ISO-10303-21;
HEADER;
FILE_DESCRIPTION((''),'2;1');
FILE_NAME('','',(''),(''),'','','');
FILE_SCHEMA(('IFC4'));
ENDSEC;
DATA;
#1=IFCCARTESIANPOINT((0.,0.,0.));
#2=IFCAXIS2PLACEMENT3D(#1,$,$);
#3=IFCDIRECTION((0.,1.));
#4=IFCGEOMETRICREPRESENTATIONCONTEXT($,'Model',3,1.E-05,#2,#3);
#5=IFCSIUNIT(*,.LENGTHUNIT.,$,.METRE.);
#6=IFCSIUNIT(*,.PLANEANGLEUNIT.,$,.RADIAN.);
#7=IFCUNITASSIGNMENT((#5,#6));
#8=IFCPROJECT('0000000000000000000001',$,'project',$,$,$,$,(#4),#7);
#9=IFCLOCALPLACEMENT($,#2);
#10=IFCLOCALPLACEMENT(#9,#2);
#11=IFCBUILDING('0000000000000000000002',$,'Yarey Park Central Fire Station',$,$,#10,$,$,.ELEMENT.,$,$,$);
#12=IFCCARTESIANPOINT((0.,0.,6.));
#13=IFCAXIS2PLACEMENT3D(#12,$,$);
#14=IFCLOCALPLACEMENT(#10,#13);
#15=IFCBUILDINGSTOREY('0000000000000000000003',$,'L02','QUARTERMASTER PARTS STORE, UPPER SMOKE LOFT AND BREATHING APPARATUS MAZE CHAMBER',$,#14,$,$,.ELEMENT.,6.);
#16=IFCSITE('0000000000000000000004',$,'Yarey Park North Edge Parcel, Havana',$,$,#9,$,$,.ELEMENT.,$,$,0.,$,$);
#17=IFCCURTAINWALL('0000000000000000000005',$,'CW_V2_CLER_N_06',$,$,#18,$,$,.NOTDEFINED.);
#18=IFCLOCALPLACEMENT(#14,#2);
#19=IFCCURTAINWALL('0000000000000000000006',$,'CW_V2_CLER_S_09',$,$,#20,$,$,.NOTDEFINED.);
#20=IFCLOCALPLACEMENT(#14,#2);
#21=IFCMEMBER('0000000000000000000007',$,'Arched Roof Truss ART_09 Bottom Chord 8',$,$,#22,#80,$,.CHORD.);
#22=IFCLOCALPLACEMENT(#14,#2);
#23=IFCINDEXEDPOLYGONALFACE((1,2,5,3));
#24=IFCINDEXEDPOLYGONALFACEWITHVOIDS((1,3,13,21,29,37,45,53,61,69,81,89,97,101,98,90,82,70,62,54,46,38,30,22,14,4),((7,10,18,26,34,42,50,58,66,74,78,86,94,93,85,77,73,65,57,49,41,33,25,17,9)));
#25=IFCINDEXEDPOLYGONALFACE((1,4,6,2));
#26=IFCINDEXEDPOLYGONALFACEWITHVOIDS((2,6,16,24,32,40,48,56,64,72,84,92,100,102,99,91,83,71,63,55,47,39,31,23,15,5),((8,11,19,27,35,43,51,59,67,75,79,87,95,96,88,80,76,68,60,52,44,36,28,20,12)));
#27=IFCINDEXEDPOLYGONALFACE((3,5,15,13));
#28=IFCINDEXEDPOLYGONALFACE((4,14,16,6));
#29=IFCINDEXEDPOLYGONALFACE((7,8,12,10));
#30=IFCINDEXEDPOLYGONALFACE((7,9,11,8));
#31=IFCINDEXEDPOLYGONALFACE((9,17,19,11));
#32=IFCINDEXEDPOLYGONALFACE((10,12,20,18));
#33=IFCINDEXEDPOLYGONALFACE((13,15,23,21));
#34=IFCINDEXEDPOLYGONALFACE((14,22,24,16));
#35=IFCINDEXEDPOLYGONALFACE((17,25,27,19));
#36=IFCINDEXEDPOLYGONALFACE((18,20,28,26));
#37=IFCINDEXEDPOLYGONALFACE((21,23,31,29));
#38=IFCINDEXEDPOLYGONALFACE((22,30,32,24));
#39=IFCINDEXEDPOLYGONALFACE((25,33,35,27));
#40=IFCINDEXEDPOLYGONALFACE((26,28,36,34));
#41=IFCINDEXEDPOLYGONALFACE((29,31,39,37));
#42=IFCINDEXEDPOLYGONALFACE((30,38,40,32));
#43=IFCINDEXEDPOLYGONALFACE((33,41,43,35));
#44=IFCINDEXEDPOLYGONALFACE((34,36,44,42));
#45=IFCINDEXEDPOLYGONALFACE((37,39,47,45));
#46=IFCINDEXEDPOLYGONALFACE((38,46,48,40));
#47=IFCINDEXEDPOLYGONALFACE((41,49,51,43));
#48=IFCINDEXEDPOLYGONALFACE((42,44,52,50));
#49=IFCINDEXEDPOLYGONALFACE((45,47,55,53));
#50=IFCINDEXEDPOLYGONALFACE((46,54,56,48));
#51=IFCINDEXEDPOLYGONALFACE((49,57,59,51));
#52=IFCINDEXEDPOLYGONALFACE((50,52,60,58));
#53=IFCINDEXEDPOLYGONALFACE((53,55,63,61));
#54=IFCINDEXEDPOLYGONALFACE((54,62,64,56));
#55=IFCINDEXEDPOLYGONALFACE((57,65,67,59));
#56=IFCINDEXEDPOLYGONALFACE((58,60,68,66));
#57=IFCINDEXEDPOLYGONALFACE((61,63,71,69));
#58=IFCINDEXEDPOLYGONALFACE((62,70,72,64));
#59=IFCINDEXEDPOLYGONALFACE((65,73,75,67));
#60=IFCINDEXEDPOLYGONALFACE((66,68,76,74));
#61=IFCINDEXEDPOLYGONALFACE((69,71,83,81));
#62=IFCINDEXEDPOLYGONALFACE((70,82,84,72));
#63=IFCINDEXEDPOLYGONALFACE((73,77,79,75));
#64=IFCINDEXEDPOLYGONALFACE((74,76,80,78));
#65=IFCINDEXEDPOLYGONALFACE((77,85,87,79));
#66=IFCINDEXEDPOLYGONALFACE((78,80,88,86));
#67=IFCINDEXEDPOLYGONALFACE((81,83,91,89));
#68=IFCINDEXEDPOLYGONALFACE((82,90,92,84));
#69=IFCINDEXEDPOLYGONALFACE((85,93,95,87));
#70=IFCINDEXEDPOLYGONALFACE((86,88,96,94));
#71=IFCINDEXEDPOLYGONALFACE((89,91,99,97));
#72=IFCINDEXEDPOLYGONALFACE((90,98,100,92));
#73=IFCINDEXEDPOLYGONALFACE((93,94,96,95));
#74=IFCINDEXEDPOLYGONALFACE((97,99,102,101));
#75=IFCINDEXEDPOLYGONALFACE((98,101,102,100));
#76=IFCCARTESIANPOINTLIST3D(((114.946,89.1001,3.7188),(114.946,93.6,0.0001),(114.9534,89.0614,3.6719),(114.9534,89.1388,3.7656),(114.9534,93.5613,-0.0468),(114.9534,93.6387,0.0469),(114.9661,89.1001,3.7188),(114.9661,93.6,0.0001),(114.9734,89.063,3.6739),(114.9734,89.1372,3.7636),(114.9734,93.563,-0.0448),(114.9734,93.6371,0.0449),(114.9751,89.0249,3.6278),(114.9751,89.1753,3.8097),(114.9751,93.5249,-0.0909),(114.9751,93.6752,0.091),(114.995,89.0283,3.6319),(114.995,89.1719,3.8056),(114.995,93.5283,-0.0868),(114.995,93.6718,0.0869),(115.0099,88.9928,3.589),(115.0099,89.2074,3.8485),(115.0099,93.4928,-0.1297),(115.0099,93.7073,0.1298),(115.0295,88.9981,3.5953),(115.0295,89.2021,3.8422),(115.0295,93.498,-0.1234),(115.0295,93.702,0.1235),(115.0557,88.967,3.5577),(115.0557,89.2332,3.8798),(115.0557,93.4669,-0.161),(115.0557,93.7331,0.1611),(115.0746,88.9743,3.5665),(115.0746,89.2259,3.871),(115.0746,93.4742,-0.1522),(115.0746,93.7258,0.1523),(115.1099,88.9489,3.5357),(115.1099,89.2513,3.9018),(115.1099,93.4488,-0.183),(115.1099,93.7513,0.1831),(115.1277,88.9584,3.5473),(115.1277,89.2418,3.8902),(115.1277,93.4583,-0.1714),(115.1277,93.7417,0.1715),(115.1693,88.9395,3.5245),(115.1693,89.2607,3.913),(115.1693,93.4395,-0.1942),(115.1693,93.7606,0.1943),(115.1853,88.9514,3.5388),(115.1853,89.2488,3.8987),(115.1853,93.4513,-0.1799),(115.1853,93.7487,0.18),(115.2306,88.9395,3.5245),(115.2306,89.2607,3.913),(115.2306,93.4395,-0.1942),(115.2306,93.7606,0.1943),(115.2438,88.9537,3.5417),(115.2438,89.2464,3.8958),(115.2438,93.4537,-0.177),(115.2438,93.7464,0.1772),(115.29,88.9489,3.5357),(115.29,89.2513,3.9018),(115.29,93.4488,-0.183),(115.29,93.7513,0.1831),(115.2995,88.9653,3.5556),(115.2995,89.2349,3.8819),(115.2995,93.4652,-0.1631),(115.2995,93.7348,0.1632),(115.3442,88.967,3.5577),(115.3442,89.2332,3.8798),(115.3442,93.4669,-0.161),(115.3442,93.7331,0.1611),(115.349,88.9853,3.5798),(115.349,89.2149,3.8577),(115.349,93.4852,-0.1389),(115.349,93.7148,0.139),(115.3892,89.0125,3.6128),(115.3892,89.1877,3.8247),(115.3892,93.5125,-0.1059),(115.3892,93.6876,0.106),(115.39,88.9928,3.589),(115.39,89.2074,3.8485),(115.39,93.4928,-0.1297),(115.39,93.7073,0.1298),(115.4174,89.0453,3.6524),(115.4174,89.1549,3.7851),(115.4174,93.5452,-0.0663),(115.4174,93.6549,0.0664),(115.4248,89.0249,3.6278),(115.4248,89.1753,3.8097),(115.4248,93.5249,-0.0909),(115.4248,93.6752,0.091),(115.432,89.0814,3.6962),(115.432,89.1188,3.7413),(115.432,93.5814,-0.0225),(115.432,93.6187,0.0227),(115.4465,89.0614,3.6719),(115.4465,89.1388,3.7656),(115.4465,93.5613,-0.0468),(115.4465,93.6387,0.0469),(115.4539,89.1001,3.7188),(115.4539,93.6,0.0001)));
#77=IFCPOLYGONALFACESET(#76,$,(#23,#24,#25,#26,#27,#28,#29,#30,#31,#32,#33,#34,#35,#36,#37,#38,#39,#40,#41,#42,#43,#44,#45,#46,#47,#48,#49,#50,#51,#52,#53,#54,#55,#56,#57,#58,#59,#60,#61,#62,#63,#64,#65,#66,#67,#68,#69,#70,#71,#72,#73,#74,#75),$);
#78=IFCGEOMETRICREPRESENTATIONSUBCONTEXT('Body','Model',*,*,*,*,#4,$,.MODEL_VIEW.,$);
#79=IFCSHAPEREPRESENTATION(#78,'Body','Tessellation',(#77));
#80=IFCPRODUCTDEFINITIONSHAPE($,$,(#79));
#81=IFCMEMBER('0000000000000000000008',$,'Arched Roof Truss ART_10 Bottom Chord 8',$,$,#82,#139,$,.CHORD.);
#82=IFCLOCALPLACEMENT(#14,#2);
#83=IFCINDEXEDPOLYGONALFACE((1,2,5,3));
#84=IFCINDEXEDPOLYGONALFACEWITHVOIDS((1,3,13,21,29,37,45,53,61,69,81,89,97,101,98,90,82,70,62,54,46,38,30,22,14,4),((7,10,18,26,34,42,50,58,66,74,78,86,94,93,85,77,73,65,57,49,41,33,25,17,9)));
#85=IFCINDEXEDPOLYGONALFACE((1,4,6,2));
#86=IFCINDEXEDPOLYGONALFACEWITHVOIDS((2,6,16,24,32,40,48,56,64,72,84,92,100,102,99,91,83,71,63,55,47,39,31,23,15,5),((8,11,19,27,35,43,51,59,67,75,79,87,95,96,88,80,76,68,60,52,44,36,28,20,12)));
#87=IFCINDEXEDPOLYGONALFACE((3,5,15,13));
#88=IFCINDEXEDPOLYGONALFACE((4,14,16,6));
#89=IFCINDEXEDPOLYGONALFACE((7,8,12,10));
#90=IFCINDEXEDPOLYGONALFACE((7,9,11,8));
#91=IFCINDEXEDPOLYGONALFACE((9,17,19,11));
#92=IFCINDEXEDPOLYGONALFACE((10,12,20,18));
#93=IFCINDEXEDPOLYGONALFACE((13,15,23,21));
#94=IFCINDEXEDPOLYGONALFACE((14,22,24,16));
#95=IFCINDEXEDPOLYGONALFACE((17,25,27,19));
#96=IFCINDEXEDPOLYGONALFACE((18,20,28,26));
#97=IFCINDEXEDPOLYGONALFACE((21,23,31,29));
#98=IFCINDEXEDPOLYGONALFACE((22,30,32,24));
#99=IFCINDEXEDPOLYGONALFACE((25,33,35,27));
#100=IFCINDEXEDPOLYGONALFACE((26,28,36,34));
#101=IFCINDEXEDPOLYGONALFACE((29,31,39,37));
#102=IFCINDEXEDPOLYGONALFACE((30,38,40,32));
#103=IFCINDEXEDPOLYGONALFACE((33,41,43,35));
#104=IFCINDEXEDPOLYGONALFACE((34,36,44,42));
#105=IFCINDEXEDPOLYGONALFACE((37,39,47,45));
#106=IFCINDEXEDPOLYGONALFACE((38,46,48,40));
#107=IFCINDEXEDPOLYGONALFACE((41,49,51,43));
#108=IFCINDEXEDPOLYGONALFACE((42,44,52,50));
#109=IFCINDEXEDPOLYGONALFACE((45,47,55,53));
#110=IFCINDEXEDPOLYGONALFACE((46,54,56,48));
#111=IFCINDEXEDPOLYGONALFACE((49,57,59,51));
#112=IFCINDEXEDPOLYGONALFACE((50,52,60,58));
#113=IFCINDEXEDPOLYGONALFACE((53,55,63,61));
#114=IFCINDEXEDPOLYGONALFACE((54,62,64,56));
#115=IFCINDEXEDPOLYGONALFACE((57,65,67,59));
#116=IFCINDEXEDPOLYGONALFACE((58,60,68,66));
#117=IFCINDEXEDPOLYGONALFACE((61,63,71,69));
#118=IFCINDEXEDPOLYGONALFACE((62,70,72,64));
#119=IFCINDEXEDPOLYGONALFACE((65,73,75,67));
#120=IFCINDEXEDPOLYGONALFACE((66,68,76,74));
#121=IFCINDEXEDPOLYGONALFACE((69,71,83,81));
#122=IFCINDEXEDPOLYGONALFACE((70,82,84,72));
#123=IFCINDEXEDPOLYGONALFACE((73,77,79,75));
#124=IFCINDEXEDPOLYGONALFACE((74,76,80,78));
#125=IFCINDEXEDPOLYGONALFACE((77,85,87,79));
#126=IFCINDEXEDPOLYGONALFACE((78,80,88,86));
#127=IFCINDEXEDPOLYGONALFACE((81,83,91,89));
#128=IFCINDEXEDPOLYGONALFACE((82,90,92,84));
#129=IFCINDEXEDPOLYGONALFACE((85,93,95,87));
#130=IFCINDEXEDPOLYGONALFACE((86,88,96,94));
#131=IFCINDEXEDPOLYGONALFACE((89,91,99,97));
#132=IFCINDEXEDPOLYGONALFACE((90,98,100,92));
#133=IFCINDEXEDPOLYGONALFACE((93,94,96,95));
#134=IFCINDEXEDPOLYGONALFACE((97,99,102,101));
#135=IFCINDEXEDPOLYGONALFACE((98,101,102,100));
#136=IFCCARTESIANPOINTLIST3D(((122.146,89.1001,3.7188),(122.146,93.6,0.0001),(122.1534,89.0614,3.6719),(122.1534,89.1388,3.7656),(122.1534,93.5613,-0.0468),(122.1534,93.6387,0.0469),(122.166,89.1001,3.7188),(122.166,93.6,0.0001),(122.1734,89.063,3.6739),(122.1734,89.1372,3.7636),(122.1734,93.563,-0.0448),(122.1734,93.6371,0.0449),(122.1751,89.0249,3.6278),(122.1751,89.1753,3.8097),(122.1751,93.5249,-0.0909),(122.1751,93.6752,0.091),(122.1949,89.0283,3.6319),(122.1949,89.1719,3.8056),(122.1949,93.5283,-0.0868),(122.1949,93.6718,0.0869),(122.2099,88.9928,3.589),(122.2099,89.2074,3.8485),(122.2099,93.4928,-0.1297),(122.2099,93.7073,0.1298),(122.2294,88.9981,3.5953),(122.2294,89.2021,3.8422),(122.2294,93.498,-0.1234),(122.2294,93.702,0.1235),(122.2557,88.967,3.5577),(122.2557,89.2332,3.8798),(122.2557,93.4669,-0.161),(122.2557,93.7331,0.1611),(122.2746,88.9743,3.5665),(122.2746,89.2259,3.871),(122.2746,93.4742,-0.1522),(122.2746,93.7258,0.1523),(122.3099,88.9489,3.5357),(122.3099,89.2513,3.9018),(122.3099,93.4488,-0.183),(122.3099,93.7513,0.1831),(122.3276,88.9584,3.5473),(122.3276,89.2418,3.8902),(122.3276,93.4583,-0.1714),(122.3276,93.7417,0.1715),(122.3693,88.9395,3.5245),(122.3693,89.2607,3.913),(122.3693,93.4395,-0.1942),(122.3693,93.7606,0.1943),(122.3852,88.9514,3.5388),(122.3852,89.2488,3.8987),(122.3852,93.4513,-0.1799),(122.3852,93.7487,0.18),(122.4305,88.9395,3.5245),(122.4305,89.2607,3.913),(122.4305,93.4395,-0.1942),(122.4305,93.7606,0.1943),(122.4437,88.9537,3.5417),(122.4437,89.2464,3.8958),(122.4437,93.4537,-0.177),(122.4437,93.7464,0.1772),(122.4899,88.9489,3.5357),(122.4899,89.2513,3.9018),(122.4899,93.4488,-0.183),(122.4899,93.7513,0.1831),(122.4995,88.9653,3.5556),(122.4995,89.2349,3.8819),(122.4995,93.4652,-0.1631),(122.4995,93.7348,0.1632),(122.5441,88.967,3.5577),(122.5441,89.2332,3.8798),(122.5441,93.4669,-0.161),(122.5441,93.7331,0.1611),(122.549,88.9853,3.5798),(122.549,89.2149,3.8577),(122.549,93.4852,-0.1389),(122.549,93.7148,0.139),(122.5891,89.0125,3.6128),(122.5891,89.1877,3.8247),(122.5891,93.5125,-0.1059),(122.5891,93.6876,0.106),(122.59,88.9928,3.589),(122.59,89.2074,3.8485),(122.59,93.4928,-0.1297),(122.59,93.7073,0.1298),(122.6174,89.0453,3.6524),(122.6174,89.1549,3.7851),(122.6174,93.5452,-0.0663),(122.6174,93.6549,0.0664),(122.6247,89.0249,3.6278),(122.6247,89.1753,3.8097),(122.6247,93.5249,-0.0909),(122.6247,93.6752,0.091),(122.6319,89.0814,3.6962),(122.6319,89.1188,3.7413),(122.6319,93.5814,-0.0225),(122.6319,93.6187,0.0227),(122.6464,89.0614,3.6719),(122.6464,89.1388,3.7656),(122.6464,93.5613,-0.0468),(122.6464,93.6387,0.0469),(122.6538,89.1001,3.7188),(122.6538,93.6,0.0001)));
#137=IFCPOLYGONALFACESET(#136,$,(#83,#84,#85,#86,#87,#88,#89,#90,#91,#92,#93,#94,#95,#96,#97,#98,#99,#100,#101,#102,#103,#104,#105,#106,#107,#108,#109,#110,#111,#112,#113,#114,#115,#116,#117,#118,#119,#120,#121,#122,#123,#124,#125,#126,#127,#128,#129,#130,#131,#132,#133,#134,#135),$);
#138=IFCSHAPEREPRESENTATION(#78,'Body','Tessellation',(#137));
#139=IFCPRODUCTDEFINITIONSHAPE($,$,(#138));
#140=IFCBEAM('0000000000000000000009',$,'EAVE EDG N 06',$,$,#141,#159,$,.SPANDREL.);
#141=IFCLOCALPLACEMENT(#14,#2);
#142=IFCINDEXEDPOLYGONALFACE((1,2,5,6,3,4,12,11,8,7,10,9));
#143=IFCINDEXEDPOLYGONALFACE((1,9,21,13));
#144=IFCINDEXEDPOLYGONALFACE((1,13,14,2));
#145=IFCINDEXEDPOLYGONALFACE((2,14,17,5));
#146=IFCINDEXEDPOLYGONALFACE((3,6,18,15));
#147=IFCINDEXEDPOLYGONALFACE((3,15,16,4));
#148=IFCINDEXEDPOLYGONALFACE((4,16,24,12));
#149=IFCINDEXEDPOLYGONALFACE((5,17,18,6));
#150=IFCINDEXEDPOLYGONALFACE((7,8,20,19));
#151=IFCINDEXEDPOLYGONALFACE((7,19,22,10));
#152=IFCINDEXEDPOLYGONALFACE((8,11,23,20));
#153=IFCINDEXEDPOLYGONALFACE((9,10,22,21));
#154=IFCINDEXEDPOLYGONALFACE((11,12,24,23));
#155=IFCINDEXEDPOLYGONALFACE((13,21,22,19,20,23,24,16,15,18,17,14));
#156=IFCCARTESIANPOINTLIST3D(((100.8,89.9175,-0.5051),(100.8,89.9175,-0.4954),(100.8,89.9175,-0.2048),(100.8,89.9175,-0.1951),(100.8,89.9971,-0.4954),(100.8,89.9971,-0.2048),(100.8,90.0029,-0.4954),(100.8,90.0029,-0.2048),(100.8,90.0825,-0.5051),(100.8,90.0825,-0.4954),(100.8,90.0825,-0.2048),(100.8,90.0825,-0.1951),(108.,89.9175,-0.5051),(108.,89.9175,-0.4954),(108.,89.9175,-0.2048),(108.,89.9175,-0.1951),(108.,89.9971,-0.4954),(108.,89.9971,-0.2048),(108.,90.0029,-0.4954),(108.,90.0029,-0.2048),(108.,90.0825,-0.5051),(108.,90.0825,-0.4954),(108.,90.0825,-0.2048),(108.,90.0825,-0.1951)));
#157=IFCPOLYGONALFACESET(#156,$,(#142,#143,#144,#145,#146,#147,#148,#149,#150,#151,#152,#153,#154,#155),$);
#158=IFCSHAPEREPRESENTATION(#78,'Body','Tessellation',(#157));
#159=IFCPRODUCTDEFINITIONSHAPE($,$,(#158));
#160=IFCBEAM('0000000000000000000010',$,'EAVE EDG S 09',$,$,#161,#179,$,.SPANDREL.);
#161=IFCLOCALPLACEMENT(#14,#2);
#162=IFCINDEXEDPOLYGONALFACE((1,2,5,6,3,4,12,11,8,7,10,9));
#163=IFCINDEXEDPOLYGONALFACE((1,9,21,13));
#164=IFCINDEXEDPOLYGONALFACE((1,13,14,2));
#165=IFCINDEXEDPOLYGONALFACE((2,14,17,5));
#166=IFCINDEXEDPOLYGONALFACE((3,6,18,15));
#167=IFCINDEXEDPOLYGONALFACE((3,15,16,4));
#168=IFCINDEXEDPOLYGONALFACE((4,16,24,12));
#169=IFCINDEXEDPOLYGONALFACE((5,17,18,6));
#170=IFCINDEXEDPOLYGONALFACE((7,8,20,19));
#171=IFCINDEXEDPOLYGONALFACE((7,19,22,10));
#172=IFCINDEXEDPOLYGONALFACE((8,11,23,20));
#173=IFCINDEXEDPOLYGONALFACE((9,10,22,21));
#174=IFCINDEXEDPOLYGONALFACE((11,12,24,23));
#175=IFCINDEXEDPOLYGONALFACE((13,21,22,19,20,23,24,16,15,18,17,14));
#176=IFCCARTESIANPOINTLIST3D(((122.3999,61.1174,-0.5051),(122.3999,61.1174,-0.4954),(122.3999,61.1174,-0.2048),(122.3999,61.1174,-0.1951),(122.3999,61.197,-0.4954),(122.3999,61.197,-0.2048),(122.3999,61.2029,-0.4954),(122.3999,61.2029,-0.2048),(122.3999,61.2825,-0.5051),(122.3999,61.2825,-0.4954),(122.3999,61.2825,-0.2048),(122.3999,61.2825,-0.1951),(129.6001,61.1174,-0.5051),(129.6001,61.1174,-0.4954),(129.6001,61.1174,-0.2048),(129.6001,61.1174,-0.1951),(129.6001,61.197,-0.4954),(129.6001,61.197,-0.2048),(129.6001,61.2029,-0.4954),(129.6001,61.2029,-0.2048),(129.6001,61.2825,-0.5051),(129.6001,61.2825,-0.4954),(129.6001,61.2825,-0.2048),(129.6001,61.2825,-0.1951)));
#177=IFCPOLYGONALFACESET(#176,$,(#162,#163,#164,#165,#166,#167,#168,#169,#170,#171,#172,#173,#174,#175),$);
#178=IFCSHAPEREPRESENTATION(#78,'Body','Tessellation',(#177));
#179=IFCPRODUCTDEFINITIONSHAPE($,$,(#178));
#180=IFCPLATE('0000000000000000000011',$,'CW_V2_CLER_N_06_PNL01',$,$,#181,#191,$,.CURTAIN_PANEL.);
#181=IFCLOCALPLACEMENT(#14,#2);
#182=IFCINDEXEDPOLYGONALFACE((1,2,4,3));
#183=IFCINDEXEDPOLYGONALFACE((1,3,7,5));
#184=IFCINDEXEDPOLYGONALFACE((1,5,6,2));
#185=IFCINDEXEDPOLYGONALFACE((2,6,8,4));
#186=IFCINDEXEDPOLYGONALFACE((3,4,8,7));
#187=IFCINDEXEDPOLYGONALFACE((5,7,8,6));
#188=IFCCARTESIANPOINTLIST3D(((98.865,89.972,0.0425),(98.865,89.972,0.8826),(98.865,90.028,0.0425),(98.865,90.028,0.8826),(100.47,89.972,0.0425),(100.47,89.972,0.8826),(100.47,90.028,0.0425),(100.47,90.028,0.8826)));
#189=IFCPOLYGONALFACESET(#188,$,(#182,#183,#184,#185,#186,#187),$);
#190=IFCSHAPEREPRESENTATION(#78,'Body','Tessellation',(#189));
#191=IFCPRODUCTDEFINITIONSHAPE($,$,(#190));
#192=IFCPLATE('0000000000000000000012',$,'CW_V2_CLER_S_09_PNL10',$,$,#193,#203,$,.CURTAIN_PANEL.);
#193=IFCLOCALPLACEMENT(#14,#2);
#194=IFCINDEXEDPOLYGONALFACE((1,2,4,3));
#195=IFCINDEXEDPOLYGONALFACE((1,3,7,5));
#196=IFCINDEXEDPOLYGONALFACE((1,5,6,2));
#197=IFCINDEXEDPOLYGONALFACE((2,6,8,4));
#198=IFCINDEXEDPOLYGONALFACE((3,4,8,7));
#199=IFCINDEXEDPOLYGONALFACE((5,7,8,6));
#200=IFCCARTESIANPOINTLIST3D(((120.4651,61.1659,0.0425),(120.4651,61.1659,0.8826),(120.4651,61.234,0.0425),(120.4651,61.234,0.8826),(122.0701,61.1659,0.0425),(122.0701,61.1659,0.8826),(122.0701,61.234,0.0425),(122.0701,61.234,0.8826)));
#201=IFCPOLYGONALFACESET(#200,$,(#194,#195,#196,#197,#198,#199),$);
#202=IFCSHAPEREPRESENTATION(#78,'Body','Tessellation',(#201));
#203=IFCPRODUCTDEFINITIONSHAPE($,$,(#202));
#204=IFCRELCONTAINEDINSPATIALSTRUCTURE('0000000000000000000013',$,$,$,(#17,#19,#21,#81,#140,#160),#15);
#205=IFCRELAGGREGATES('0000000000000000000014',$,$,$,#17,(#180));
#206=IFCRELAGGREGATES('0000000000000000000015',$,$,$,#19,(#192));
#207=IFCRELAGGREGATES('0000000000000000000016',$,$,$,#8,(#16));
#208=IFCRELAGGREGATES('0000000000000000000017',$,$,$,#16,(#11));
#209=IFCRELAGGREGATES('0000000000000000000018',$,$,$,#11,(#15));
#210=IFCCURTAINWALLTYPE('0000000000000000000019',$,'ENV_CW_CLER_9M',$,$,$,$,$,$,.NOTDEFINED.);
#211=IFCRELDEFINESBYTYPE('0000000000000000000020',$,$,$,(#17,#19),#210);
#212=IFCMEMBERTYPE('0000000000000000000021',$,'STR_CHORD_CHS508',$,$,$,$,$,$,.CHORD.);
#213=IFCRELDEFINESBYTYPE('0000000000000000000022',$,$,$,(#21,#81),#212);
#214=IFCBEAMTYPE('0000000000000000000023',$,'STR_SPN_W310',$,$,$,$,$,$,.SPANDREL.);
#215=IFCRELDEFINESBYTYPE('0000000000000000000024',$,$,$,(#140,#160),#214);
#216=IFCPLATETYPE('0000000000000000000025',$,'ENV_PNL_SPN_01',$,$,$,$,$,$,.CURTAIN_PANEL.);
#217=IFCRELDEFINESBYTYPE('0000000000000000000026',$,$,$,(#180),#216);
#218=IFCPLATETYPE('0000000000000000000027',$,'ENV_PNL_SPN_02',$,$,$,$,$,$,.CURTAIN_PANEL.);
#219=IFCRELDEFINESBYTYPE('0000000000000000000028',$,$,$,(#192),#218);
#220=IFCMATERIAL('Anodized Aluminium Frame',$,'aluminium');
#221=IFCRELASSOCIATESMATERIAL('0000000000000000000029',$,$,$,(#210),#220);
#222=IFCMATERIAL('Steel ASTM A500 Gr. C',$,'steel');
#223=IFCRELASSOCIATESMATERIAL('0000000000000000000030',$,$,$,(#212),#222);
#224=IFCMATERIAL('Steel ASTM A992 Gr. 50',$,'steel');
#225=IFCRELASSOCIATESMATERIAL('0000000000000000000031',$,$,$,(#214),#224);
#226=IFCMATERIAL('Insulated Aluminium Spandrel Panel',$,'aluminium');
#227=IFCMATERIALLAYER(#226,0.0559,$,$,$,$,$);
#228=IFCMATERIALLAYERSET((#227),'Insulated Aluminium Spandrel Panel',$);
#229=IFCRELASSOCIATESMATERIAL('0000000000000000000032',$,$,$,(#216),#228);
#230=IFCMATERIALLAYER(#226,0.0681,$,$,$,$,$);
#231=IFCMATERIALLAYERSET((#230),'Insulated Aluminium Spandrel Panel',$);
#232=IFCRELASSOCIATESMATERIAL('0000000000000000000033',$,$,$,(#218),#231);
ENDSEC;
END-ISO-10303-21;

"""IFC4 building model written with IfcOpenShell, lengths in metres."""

from ifc_helpers import new_model, si_unit, direction, frame, origin, origin_2d, place, context, subcontext, project, spatial, rectangle, hollow_circle, i_section, extrude, material, layer, layer_set, material_profile, profile_set, type_object, element, aggregate, save


model = new_model("IFC4")

# Units and contexts
model_context = context("Model", 3, precision=1e-05, world=origin(), true_north=direction((0.0, 1.0)))
body_context = subcontext(model_context, "Body", "Model", "MODEL_VIEW")
ifc_project = project(units=[si_unit("LENGTHUNIT", "METRE"), si_unit("PLANEANGLEUNIT", "RADIAN")], contexts=[model_context])

# Site, building, storey
site_placement = place(None, origin())
site = spatial("IfcSite", under=ifc_project, at=site_placement, Name="Yarey Park North Edge Parcel, Havana", CompositionType="ELEMENT", RefElevation=0.0)
building_placement = place(site_placement, origin())
building = spatial("IfcBuilding", under=site, at=building_placement, Name="Yarey Park Central Fire Station", CompositionType="ELEMENT")
storey_placement = place(building_placement, frame((0.0, 0.0, 6.0)))
storey = spatial("IfcBuildingStorey", under=building, at=storey_placement, Name="L02", Description="QUARTERMASTER PARTS STORE, UPPER SMOKE LOFT AND BREATHING APPARATUS MAZE CHAMBER", CompositionType="ELEMENT", Elevation=6.0)

# Curtain wall
ifc_material_1 = material(Name="Anodized Aluminium Frame", Category="aluminium")
curtain_wall_type = type_object("IfcCurtainWallType", Name="ENV_CW_CLER_9M", PredefinedType="NOTDEFINED", material=ifc_material_1)
curtain_wall_1_placement = place(storey_placement, origin())
curtain_wall_1 = element("IfcCurtainWall", 1, at=curtain_wall_1_placement, inside=storey, type_object=curtain_wall_type, Name="CW_V2_CLER_N_06", PredefinedType="NOTDEFINED")

# Curtain wall
curtain_wall_2_placement = place(storey_placement, origin())
curtain_wall_2 = element("IfcCurtainWall", 2, at=curtain_wall_2_placement, inside=storey, type_object=curtain_wall_type, Name="CW_V2_CLER_S_09", PredefinedType="NOTDEFINED")

# Shared definitions
ifc_material_2 = material(Name="Steel ASTM A992 Gr. 50", Category="steel")

# Members
ifc_material_3 = material(Name="Steel ASTM A500 Gr. C", Category="steel")
ifc_material_profile_1 = material_profile(ifc_material_3, hollow_circle(Radius=0.2539, WallThickness=0.02, at=origin_2d()), Name="CHS 508x20")
ifc_profile_set_1 = profile_set([ifc_material_profile_1], Name="Steel ASTM A500 Gr. C")
member_type_1 = type_object("IfcMemberType", Name="STR_CHORD_CHS508", PredefinedType="CHORD", material=ifc_profile_set_1)
for number, where, z_axis, x_axis, name in (
    (3, (115.2, 89.1001, 3.7188), (0.0, 0.770847, -0.63702), (-1.0, 0.0, 0.0), "Arched Roof Truss ART_09 Bottom Chord 8"),
    (4, (122.3999, 89.1001, 3.7188), (0.0, 0.770847, -0.63702), (-1.0, 0.0, 0.0), "Arched Roof Truss ART_10 Bottom Chord 8"),
):
    element("IfcMember", number, at=place(storey_placement, frame(where, z_axis=z_axis, x_axis=x_axis)), inside=storey, type_object=member_type_1, Name=name, PredefinedType="CHORD", context=body_context, shape_type="SweptSolid", body=[
        extrude(hollow_circle(Radius=0.2539, WallThickness=0.02, at=origin_2d()), origin(), (0.0, 0.0, 1.0), 5.8376),
    ])

# Beams
ifc_material_profile_2 = material_profile(ifc_material_2, i_section(OverallWidth=0.165, OverallDepth=0.3101, WebThickness=0.0059, FlangeThickness=0.0098, at=origin_2d()), Name="W310x39")
ifc_profile_set_2 = profile_set([ifc_material_profile_2], Name="Steel ASTM A992 Gr. 50")
beam_type_1 = type_object("IfcBeamType", Name="STR_SPN_W310", PredefinedType="SPANDREL", material=ifc_profile_set_2)
beam_1_placement = place(storey_placement, frame((100.8, 90.0, -0.3501), z_axis=(1.0, 0.0, 0.0), x_axis=(0.0, 1.0, 0.0)))
element("IfcBeam", 5, at=beam_1_placement, inside=storey, type_object=beam_type_1, Name="EAVE EDG N 06", PredefinedType="SPANDREL", context=body_context, shape_type="SweptSolid", body=[
    extrude(i_section(OverallWidth=0.165, OverallDepth=0.3101, WebThickness=0.0059, FlangeThickness=0.0098, at=origin_2d()), origin(), (0.0, 0.0, 1.0), 7.2),
])
beam_2_placement = place(storey_placement, frame((122.3999, 61.2, -0.3501), z_axis=(1.0, 0.0, 0.0), x_axis=(0.0, 1.0, 0.0)))
element("IfcBeam", 6, at=beam_2_placement, inside=storey, type_object=beam_type_1, Name="EAVE EDG S 09", PredefinedType="SPANDREL", context=body_context, shape_type="SweptSolid", body=[
    extrude(i_section(OverallWidth=0.165, OverallDepth=0.3101, WebThickness=0.0059, FlangeThickness=0.0098, at=origin_2d()), origin(), (0.0, 0.0, 1.0), 7.2002),
])

# Plates
ifc_material_4 = material(Name="Insulated Aluminium Spandrel Panel", Category="aluminium")
ifc_layer_1 = layer(ifc_material_4, 0.0559)
ifc_layer_set_1 = layer_set([ifc_layer_1], Name="Insulated Aluminium Spandrel Panel")
plate_type_1 = type_object("IfcPlateType", Name="ENV_PNL_SPN_01", PredefinedType="CURTAIN_PANEL", material=ifc_layer_set_1)
plate_1_placement = place(storey_placement, frame((99.6675, 90.0, 0.0425), z_axis=(0.0, 0.0, 1.0), x_axis=(-1.0, 0.0, 0.0)))
plate_1 = element("IfcPlate", 7, at=plate_1_placement, type_object=plate_type_1, Name="CW_V2_CLER_N_06_PNL01", PredefinedType="CURTAIN_PANEL", context=body_context, shape_type="SweptSolid", body=[
    extrude(rectangle(XDim=1.605, YDim=0.0559, at=origin_2d()), origin(), (0.0, 0.0, 1.0), 0.8401),
])
ifc_layer_2 = layer(ifc_material_4, 0.0681)
ifc_layer_set_2 = layer_set([ifc_layer_2], Name="Insulated Aluminium Spandrel Panel")
plate_type_2 = type_object("IfcPlateType", Name="ENV_PNL_SPN_02", PredefinedType="CURTAIN_PANEL", material=ifc_layer_set_2)
plate_2_placement = place(storey_placement, frame((121.2676, 61.2, 0.0425), z_axis=(0.0, 0.0, 1.0), x_axis=(1.0, 0.0, 0.0)))
plate_2 = element("IfcPlate", 8, at=plate_2_placement, type_object=plate_type_2, Name="CW_V2_CLER_S_09_PNL10", PredefinedType="CURTAIN_PANEL", context=body_context, shape_type="SweptSolid", body=[
    extrude(rectangle(XDim=1.605, YDim=0.0681, at=origin_2d()), origin(), (0.0, 0.0, 1.0), 0.8401),
])
aggregate(curtain_wall_1, [plate_1])
aggregate(curtain_wall_2, [plate_2])

save(model, "model.ifc")
